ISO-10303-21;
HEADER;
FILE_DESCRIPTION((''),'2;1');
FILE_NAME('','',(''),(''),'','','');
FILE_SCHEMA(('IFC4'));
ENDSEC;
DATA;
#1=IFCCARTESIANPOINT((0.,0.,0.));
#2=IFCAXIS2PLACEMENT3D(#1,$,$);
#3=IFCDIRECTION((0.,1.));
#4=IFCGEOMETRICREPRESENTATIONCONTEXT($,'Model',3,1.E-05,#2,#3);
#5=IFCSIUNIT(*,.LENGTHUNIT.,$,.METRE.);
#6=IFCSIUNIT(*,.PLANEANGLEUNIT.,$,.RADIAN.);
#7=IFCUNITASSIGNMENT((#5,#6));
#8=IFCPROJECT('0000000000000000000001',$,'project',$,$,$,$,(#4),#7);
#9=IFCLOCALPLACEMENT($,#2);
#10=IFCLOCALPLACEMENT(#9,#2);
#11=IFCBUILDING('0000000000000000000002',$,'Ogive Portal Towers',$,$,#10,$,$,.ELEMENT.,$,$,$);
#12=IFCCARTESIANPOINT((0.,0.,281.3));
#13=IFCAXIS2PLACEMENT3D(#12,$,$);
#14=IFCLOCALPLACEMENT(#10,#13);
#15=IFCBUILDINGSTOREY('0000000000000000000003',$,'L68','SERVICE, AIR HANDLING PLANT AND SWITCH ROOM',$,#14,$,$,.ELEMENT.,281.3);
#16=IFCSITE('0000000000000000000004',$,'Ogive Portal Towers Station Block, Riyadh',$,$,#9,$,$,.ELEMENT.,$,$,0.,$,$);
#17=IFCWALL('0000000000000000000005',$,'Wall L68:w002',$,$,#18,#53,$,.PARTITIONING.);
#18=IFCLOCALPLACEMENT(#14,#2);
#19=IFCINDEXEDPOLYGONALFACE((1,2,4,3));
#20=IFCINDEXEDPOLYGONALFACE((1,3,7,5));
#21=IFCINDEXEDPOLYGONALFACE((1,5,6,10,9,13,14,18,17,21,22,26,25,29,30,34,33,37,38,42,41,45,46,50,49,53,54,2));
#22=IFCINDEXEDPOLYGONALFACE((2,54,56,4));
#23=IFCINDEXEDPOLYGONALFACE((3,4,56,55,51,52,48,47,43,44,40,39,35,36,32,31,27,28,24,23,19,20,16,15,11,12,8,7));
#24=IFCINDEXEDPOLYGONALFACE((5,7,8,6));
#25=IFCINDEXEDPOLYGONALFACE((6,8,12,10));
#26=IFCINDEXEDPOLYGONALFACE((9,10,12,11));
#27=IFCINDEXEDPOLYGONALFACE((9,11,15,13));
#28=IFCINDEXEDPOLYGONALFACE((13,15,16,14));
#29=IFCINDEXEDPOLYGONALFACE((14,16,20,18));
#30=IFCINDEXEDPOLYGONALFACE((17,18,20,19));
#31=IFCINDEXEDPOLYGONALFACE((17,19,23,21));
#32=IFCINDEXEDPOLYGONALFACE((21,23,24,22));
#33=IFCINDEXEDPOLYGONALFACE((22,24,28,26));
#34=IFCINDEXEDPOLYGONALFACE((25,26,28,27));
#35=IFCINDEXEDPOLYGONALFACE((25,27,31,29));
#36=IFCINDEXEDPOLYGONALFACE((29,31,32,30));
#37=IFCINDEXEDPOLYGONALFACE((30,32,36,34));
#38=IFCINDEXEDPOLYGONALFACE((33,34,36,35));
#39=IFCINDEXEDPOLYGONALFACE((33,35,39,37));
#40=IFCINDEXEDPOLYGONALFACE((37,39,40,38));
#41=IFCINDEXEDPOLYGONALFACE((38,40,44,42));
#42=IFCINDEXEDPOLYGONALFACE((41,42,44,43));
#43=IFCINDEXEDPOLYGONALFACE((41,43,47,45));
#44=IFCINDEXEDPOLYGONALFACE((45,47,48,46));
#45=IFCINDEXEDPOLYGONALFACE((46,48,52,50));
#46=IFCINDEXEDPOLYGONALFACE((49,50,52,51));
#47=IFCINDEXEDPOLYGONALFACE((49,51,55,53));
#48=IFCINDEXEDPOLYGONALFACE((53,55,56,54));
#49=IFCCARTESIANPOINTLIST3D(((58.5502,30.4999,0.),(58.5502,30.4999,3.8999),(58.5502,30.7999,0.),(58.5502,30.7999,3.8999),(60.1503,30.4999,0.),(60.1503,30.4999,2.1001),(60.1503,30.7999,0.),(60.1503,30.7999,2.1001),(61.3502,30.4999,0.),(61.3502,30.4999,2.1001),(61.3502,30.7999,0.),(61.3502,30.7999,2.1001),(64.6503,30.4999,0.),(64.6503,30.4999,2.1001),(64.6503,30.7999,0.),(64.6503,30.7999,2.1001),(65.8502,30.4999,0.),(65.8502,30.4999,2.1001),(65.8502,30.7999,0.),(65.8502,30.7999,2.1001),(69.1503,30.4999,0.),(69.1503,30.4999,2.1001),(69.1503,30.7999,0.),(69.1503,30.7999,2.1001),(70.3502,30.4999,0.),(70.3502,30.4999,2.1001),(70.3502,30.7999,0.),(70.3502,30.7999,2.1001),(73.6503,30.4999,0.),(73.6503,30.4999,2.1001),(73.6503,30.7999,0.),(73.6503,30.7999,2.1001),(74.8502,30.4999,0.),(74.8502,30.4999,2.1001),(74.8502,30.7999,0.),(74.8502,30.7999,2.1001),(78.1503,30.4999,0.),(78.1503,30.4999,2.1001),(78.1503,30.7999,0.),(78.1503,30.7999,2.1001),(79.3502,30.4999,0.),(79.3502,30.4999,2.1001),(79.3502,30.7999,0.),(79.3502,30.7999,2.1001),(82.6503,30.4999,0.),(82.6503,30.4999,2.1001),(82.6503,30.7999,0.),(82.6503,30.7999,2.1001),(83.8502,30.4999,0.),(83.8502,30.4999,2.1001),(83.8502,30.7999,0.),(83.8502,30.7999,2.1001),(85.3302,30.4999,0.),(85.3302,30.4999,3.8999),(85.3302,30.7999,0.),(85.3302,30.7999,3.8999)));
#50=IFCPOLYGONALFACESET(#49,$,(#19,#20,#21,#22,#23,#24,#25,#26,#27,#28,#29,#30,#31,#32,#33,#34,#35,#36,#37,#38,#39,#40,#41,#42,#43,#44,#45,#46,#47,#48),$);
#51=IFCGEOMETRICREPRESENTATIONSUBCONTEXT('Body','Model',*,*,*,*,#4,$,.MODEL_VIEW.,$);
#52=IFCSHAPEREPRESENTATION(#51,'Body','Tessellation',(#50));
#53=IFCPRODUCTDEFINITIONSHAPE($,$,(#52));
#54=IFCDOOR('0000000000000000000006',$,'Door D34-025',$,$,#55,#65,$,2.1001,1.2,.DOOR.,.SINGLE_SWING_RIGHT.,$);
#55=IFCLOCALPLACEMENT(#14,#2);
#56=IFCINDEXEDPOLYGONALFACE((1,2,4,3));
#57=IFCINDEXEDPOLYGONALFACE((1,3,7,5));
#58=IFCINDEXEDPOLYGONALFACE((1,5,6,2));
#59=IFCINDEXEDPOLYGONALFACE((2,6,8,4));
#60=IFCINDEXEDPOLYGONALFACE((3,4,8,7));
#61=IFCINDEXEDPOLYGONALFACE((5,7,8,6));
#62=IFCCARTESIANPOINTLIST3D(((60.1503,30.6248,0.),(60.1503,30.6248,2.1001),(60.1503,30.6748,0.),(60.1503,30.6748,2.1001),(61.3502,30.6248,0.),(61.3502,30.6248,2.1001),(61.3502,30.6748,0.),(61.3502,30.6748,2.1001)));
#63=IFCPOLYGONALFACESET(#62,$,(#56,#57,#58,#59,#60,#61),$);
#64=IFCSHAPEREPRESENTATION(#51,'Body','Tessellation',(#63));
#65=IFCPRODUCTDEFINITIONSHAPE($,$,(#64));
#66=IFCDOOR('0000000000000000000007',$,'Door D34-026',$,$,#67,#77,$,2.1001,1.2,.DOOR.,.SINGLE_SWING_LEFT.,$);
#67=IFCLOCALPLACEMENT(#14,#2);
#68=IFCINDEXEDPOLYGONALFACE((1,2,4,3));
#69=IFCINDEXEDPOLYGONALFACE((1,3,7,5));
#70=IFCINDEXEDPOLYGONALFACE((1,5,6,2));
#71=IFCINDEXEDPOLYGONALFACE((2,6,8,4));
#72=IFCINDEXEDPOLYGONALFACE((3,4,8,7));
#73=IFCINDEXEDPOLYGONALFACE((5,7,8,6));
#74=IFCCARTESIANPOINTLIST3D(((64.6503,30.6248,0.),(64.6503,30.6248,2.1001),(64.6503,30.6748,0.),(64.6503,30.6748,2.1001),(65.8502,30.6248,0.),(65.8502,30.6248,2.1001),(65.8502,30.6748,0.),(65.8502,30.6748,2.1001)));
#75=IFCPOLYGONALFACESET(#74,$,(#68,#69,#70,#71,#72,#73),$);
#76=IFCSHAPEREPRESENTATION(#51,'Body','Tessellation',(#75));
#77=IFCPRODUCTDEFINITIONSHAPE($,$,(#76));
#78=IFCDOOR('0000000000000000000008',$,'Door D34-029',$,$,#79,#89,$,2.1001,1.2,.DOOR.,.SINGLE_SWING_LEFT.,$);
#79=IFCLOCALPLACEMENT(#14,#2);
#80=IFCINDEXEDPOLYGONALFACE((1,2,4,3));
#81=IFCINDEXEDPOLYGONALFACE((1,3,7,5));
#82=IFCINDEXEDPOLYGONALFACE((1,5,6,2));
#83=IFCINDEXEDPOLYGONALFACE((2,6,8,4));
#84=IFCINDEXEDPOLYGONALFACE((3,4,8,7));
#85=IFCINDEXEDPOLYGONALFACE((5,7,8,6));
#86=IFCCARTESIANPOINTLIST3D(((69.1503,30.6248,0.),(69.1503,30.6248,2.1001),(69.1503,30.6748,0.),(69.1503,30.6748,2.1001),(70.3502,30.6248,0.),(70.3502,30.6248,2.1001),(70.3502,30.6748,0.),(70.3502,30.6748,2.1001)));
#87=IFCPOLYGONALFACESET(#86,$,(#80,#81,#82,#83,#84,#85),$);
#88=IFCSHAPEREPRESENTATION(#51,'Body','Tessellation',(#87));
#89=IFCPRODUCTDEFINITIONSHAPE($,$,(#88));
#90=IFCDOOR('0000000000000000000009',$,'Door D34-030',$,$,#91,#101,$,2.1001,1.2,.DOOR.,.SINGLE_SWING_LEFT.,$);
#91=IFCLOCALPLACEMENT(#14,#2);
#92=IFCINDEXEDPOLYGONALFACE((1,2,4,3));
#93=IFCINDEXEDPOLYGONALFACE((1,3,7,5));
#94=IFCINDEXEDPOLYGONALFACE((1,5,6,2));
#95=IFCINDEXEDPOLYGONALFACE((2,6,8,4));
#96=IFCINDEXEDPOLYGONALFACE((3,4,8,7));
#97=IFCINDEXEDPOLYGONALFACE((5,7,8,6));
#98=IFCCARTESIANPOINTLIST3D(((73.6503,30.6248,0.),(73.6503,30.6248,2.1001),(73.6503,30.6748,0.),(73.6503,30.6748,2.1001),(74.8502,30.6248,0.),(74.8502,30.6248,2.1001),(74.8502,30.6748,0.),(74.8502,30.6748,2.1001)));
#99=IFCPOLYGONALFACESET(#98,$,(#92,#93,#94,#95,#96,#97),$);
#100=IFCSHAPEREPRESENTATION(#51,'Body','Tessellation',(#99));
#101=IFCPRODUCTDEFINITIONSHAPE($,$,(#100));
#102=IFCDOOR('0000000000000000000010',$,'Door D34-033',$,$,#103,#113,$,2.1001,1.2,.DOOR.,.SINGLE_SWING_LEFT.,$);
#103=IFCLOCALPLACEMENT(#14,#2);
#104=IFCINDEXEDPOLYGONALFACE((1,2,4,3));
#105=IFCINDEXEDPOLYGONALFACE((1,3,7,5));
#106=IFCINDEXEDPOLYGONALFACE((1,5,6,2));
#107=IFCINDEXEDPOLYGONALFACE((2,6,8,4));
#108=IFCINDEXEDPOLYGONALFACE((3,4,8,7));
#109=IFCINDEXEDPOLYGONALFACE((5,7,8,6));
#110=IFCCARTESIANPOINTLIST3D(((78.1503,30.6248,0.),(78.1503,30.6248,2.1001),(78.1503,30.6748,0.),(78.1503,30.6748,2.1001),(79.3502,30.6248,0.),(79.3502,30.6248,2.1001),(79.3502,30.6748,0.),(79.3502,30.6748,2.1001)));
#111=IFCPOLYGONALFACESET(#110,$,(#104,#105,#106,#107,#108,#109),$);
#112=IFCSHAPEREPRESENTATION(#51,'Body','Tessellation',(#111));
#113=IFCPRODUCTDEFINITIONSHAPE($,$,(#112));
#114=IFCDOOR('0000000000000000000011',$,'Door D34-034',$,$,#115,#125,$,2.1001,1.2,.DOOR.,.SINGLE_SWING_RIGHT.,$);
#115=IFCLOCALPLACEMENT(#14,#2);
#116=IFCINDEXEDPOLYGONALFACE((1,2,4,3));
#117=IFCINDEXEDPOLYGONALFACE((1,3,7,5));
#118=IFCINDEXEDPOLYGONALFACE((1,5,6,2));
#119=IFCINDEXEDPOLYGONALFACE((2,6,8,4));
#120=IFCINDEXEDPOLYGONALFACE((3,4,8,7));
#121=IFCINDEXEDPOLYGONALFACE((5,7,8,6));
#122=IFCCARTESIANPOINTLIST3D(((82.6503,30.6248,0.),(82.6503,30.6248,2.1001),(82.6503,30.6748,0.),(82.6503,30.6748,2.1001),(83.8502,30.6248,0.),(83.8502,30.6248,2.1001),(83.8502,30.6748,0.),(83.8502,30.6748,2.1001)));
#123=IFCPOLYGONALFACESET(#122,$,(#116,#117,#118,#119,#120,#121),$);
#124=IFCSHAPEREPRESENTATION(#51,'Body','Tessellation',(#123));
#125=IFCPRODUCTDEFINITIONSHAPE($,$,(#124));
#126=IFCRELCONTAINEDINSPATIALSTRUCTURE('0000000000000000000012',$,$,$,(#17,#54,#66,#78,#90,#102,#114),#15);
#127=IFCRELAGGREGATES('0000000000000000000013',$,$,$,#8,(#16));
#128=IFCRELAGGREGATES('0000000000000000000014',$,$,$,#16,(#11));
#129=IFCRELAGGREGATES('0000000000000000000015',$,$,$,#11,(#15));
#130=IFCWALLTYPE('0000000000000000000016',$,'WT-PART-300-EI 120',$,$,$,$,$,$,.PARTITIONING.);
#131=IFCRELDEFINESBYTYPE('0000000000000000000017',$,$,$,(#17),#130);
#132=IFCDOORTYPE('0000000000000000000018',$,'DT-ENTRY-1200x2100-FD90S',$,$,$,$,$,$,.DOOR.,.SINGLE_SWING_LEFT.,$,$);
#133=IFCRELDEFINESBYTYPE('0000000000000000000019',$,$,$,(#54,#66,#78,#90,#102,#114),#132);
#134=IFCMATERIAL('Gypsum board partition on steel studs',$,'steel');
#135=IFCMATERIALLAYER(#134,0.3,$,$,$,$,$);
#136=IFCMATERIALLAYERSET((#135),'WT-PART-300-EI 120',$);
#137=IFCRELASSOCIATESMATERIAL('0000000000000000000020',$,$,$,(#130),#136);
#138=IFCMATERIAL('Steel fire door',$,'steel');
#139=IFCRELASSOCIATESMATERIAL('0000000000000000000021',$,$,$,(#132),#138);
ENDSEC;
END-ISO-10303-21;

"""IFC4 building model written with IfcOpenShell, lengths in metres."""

from ifc_helpers import new_model, si_unit, direction, frame, frame_2d, origin, place, context, subcontext, project, spatial, rectangle, extrude, material, layer, layer_set, type_object, element, fill, save


model = new_model("IFC4")

# Units and contexts
model_context = context("Model", 3, precision=1e-05, world=origin(), true_north=direction((0.0, 1.0)))
body_context = subcontext(model_context, "Body", "Model", "MODEL_VIEW")
ifc_project = project(units=[si_unit("LENGTHUNIT", "METRE"), si_unit("PLANEANGLEUNIT", "RADIAN")], contexts=[model_context])

# Site, building, storey
site_placement = place(None, origin())
site = spatial("IfcSite", under=ifc_project, at=site_placement, Name="Ogive Portal Towers Station Block, Riyadh", CompositionType="ELEMENT", RefElevation=0.0)
building_placement = place(site_placement, origin())
building = spatial("IfcBuilding", under=site, at=building_placement, Name="Ogive Portal Towers", CompositionType="ELEMENT")
storey_placement = place(building_placement, frame((0.0, 0.0, 281.3)))
storey = spatial("IfcBuildingStorey", under=building, at=storey_placement, Name="L68", Description="SERVICE, AIR HANDLING PLANT AND SWITCH ROOM", CompositionType="ELEMENT", Elevation=281.3)

# Shared definitions
ifc_material_1 = material(Name="Steel fire door", Category="steel")
ifc_material_2 = material(Name="Gypsum board partition on steel studs", Category="steel")

# Wall, openings, doors
ifc_layer_1 = layer(ifc_material_2, 0.3)
ifc_layer_set_1 = layer_set([ifc_layer_1], Name="WT-PART-300-EI 120")
wall_type_1 = type_object("IfcWallType", Name="WT-PART-300-EI 120", PredefinedType="PARTITIONING", material=ifc_layer_set_1)
wall_1_placement = place(storey_placement, frame((58.55, 30.6499, 0.0), z_axis=(0.0, 0.0, 1.0), x_axis=(1.0, 0.0, 0.0)))
wall_1 = element("IfcWall", 1, at=wall_1_placement, inside=storey, type_object=wall_type_1, Name="Wall L68:w002", PredefinedType="PARTITIONING", context=body_context, shape_type="SweptSolid", body=[
    extrude(rectangle(XDim=26.78, YDim=0.3, at=frame_2d((13.3901, 0.0))), origin(), (0.0, 0.0, 1.0), 3.8999),
])
opening_1_placement = place(wall_1_placement, frame((1.6001, 0.0, 0.0)))
opening_1 = element("IfcOpeningElement", 2, at=opening_1_placement, cuts=wall_1, PredefinedType="OPENING", context=body_context, shape_type="SweptSolid", body=[
    extrude(rectangle(XDim=1.2, YDim=2.1001, at=frame_2d((0.6001, 1.05))), frame((0.0, 0.1602, 0.0), z_axis=(0.0, -1.0, 0.0), x_axis=(1.0, 0.0, 0.0)), (0.0, 0.0, 1.0), 0.3201),
])
opening_2_placement = place(wall_1_placement, frame((6.1001, 0.0, 0.0)))
opening_2 = element("IfcOpeningElement", 3, at=opening_2_placement, cuts=wall_1, PredefinedType="OPENING", context=body_context, shape_type="SweptSolid", body=[
    extrude(rectangle(XDim=1.2, YDim=2.1001, at=frame_2d((0.6001, 1.05))), frame((0.0, 0.1602, 0.0), z_axis=(0.0, -1.0, 0.0), x_axis=(1.0, 0.0, 0.0)), (0.0, 0.0, 1.0), 0.3201),
])
opening_3_placement = place(wall_1_placement, frame((10.6001, 0.0, 0.0)))
opening_3 = element("IfcOpeningElement", 4, at=opening_3_placement, cuts=wall_1, PredefinedType="OPENING", context=body_context, shape_type="SweptSolid", body=[
    extrude(rectangle(XDim=1.2, YDim=2.1001, at=frame_2d((0.6001, 1.05))), frame((0.0, 0.1602, 0.0), z_axis=(0.0, -1.0, 0.0), x_axis=(1.0, 0.0, 0.0)), (0.0, 0.0, 1.0), 0.3201),
])
opening_4_placement = place(wall_1_placement, frame((15.1001, 0.0, 0.0)))
opening_4 = element("IfcOpeningElement", 5, at=opening_4_placement, cuts=wall_1, PredefinedType="OPENING", context=body_context, shape_type="SweptSolid", body=[
    extrude(rectangle(XDim=1.2, YDim=2.1001, at=frame_2d((0.6001, 1.05))), frame((0.0, 0.1602, 0.0), z_axis=(0.0, -1.0, 0.0), x_axis=(1.0, 0.0, 0.0)), (0.0, 0.0, 1.0), 0.3201),
])
opening_5_placement = place(wall_1_placement, frame((19.6001, 0.0, 0.0)))
opening_5 = element("IfcOpeningElement", 6, at=opening_5_placement, cuts=wall_1, PredefinedType="OPENING", context=body_context, shape_type="SweptSolid", body=[
    extrude(rectangle(XDim=1.2, YDim=2.1001, at=frame_2d((0.6001, 1.05))), frame((0.0, 0.1602, 0.0), z_axis=(0.0, -1.0, 0.0), x_axis=(1.0, 0.0, 0.0)), (0.0, 0.0, 1.0), 0.3201),
])
opening_6_placement = place(wall_1_placement, frame((24.1001, 0.0, 0.0)))
opening_6 = element("IfcOpeningElement", 7, at=opening_6_placement, cuts=wall_1, PredefinedType="OPENING", context=body_context, shape_type="SweptSolid", body=[
    extrude(rectangle(XDim=1.2, YDim=2.1001, at=frame_2d((0.6001, 1.05))), frame((0.0, 0.1602, 0.0), z_axis=(0.0, -1.0, 0.0), x_axis=(1.0, 0.0, 0.0)), (0.0, 0.0, 1.0), 0.3201),
])
door_type_1 = type_object("IfcDoorType", Name="DT-ENTRY-1200x2100-FD90S", OperationType="SINGLE_SWING_LEFT", PredefinedType="DOOR", material=ifc_material_1)
door_1_placement = place(opening_1_placement, origin())
door_1 = element("IfcDoor", 8, at=door_1_placement, inside=storey, type_object=door_type_1, Name="Door D34-025", OperationType="SINGLE_SWING_RIGHT", OverallHeight=2.1001, OverallWidth=1.2, PredefinedType="DOOR", context=body_context, shape_type="SweptSolid", body=[
    extrude(rectangle(XDim=1.2, YDim=2.1001, at=frame_2d((0.6001, 1.05))), frame((0.0, 0.0249, 0.0), z_axis=(0.0, -1.0, 0.0), x_axis=(1.0, 0.0, 0.0)), (0.0, 0.0, 1.0), 0.05),
])
fill(opening_1, door_1)
door_2_placement = place(opening_2_placement, origin())
door_2 = element("IfcDoor", 9, at=door_2_placement, inside=storey, type_object=door_type_1, Name="Door D34-026", OperationType="SINGLE_SWING_LEFT", OverallHeight=2.1001, OverallWidth=1.2, PredefinedType="DOOR", context=body_context, shape_type="SweptSolid", body=[
    extrude(rectangle(XDim=1.2, YDim=2.1001, at=frame_2d((0.6001, 1.05))), frame((0.0, 0.0249, 0.0), z_axis=(0.0, -1.0, 0.0), x_axis=(1.0, 0.0, 0.0)), (0.0, 0.0, 1.0), 0.05),
])
fill(opening_2, door_2)
door_3_placement = place(opening_3_placement, origin())
door_3 = element("IfcDoor", 10, at=door_3_placement, inside=storey, type_object=door_type_1, Name="Door D34-029", OperationType="SINGLE_SWING_LEFT", OverallHeight=2.1001, OverallWidth=1.2, PredefinedType="DOOR", context=body_context, shape_type="SweptSolid", body=[
    extrude(rectangle(XDim=1.2, YDim=2.1001, at=frame_2d((0.6001, 1.05))), frame((0.0, 0.0249, 0.0), z_axis=(0.0, -1.0, 0.0), x_axis=(1.0, 0.0, 0.0)), (0.0, 0.0, 1.0), 0.05),
])
fill(opening_3, door_3)
door_4_placement = place(opening_4_placement, origin())
door_4 = element("IfcDoor", 11, at=door_4_placement, inside=storey, type_object=door_type_1, Name="Door D34-030", OperationType="SINGLE_SWING_LEFT", OverallHeight=2.1001, OverallWidth=1.2, PredefinedType="DOOR", context=body_context, shape_type="SweptSolid", body=[
    extrude(rectangle(XDim=1.2, YDim=2.1001, at=frame_2d((0.6001, 1.05))), frame((0.0, 0.0249, 0.0), z_axis=(0.0, -1.0, 0.0), x_axis=(1.0, 0.0, 0.0)), (0.0, 0.0, 1.0), 0.05),
])
fill(opening_4, door_4)
door_5_placement = place(opening_5_placement, origin())
door_5 = element("IfcDoor", 12, at=door_5_placement, inside=storey, type_object=door_type_1, Name="Door D34-033", OperationType="SINGLE_SWING_LEFT", OverallHeight=2.1001, OverallWidth=1.2, PredefinedType="DOOR", context=body_context, shape_type="SweptSolid", body=[
    extrude(rectangle(XDim=1.2, YDim=2.1001, at=frame_2d((0.6001, 1.05))), frame((0.0, 0.0249, 0.0), z_axis=(0.0, -1.0, 0.0), x_axis=(1.0, 0.0, 0.0)), (0.0, 0.0, 1.0), 0.05),
])
fill(opening_5, door_5)
door_6_placement = place(opening_6_placement, origin())
door_6 = element("IfcDoor", 13, at=door_6_placement, inside=storey, type_object=door_type_1, Name="Door D34-034", OperationType="SINGLE_SWING_RIGHT", OverallHeight=2.1001, OverallWidth=1.2, PredefinedType="DOOR", context=body_context, shape_type="SweptSolid", body=[
    extrude(rectangle(XDim=1.2, YDim=2.1001, at=frame_2d((0.6001, 1.05))), frame((0.0, 0.0249, 0.0), z_axis=(0.0, -1.0, 0.0), x_axis=(1.0, 0.0, 0.0)), (0.0, 0.0, 1.0), 0.05),
])
fill(opening_6, door_6)

save(model, "model.ifc")
